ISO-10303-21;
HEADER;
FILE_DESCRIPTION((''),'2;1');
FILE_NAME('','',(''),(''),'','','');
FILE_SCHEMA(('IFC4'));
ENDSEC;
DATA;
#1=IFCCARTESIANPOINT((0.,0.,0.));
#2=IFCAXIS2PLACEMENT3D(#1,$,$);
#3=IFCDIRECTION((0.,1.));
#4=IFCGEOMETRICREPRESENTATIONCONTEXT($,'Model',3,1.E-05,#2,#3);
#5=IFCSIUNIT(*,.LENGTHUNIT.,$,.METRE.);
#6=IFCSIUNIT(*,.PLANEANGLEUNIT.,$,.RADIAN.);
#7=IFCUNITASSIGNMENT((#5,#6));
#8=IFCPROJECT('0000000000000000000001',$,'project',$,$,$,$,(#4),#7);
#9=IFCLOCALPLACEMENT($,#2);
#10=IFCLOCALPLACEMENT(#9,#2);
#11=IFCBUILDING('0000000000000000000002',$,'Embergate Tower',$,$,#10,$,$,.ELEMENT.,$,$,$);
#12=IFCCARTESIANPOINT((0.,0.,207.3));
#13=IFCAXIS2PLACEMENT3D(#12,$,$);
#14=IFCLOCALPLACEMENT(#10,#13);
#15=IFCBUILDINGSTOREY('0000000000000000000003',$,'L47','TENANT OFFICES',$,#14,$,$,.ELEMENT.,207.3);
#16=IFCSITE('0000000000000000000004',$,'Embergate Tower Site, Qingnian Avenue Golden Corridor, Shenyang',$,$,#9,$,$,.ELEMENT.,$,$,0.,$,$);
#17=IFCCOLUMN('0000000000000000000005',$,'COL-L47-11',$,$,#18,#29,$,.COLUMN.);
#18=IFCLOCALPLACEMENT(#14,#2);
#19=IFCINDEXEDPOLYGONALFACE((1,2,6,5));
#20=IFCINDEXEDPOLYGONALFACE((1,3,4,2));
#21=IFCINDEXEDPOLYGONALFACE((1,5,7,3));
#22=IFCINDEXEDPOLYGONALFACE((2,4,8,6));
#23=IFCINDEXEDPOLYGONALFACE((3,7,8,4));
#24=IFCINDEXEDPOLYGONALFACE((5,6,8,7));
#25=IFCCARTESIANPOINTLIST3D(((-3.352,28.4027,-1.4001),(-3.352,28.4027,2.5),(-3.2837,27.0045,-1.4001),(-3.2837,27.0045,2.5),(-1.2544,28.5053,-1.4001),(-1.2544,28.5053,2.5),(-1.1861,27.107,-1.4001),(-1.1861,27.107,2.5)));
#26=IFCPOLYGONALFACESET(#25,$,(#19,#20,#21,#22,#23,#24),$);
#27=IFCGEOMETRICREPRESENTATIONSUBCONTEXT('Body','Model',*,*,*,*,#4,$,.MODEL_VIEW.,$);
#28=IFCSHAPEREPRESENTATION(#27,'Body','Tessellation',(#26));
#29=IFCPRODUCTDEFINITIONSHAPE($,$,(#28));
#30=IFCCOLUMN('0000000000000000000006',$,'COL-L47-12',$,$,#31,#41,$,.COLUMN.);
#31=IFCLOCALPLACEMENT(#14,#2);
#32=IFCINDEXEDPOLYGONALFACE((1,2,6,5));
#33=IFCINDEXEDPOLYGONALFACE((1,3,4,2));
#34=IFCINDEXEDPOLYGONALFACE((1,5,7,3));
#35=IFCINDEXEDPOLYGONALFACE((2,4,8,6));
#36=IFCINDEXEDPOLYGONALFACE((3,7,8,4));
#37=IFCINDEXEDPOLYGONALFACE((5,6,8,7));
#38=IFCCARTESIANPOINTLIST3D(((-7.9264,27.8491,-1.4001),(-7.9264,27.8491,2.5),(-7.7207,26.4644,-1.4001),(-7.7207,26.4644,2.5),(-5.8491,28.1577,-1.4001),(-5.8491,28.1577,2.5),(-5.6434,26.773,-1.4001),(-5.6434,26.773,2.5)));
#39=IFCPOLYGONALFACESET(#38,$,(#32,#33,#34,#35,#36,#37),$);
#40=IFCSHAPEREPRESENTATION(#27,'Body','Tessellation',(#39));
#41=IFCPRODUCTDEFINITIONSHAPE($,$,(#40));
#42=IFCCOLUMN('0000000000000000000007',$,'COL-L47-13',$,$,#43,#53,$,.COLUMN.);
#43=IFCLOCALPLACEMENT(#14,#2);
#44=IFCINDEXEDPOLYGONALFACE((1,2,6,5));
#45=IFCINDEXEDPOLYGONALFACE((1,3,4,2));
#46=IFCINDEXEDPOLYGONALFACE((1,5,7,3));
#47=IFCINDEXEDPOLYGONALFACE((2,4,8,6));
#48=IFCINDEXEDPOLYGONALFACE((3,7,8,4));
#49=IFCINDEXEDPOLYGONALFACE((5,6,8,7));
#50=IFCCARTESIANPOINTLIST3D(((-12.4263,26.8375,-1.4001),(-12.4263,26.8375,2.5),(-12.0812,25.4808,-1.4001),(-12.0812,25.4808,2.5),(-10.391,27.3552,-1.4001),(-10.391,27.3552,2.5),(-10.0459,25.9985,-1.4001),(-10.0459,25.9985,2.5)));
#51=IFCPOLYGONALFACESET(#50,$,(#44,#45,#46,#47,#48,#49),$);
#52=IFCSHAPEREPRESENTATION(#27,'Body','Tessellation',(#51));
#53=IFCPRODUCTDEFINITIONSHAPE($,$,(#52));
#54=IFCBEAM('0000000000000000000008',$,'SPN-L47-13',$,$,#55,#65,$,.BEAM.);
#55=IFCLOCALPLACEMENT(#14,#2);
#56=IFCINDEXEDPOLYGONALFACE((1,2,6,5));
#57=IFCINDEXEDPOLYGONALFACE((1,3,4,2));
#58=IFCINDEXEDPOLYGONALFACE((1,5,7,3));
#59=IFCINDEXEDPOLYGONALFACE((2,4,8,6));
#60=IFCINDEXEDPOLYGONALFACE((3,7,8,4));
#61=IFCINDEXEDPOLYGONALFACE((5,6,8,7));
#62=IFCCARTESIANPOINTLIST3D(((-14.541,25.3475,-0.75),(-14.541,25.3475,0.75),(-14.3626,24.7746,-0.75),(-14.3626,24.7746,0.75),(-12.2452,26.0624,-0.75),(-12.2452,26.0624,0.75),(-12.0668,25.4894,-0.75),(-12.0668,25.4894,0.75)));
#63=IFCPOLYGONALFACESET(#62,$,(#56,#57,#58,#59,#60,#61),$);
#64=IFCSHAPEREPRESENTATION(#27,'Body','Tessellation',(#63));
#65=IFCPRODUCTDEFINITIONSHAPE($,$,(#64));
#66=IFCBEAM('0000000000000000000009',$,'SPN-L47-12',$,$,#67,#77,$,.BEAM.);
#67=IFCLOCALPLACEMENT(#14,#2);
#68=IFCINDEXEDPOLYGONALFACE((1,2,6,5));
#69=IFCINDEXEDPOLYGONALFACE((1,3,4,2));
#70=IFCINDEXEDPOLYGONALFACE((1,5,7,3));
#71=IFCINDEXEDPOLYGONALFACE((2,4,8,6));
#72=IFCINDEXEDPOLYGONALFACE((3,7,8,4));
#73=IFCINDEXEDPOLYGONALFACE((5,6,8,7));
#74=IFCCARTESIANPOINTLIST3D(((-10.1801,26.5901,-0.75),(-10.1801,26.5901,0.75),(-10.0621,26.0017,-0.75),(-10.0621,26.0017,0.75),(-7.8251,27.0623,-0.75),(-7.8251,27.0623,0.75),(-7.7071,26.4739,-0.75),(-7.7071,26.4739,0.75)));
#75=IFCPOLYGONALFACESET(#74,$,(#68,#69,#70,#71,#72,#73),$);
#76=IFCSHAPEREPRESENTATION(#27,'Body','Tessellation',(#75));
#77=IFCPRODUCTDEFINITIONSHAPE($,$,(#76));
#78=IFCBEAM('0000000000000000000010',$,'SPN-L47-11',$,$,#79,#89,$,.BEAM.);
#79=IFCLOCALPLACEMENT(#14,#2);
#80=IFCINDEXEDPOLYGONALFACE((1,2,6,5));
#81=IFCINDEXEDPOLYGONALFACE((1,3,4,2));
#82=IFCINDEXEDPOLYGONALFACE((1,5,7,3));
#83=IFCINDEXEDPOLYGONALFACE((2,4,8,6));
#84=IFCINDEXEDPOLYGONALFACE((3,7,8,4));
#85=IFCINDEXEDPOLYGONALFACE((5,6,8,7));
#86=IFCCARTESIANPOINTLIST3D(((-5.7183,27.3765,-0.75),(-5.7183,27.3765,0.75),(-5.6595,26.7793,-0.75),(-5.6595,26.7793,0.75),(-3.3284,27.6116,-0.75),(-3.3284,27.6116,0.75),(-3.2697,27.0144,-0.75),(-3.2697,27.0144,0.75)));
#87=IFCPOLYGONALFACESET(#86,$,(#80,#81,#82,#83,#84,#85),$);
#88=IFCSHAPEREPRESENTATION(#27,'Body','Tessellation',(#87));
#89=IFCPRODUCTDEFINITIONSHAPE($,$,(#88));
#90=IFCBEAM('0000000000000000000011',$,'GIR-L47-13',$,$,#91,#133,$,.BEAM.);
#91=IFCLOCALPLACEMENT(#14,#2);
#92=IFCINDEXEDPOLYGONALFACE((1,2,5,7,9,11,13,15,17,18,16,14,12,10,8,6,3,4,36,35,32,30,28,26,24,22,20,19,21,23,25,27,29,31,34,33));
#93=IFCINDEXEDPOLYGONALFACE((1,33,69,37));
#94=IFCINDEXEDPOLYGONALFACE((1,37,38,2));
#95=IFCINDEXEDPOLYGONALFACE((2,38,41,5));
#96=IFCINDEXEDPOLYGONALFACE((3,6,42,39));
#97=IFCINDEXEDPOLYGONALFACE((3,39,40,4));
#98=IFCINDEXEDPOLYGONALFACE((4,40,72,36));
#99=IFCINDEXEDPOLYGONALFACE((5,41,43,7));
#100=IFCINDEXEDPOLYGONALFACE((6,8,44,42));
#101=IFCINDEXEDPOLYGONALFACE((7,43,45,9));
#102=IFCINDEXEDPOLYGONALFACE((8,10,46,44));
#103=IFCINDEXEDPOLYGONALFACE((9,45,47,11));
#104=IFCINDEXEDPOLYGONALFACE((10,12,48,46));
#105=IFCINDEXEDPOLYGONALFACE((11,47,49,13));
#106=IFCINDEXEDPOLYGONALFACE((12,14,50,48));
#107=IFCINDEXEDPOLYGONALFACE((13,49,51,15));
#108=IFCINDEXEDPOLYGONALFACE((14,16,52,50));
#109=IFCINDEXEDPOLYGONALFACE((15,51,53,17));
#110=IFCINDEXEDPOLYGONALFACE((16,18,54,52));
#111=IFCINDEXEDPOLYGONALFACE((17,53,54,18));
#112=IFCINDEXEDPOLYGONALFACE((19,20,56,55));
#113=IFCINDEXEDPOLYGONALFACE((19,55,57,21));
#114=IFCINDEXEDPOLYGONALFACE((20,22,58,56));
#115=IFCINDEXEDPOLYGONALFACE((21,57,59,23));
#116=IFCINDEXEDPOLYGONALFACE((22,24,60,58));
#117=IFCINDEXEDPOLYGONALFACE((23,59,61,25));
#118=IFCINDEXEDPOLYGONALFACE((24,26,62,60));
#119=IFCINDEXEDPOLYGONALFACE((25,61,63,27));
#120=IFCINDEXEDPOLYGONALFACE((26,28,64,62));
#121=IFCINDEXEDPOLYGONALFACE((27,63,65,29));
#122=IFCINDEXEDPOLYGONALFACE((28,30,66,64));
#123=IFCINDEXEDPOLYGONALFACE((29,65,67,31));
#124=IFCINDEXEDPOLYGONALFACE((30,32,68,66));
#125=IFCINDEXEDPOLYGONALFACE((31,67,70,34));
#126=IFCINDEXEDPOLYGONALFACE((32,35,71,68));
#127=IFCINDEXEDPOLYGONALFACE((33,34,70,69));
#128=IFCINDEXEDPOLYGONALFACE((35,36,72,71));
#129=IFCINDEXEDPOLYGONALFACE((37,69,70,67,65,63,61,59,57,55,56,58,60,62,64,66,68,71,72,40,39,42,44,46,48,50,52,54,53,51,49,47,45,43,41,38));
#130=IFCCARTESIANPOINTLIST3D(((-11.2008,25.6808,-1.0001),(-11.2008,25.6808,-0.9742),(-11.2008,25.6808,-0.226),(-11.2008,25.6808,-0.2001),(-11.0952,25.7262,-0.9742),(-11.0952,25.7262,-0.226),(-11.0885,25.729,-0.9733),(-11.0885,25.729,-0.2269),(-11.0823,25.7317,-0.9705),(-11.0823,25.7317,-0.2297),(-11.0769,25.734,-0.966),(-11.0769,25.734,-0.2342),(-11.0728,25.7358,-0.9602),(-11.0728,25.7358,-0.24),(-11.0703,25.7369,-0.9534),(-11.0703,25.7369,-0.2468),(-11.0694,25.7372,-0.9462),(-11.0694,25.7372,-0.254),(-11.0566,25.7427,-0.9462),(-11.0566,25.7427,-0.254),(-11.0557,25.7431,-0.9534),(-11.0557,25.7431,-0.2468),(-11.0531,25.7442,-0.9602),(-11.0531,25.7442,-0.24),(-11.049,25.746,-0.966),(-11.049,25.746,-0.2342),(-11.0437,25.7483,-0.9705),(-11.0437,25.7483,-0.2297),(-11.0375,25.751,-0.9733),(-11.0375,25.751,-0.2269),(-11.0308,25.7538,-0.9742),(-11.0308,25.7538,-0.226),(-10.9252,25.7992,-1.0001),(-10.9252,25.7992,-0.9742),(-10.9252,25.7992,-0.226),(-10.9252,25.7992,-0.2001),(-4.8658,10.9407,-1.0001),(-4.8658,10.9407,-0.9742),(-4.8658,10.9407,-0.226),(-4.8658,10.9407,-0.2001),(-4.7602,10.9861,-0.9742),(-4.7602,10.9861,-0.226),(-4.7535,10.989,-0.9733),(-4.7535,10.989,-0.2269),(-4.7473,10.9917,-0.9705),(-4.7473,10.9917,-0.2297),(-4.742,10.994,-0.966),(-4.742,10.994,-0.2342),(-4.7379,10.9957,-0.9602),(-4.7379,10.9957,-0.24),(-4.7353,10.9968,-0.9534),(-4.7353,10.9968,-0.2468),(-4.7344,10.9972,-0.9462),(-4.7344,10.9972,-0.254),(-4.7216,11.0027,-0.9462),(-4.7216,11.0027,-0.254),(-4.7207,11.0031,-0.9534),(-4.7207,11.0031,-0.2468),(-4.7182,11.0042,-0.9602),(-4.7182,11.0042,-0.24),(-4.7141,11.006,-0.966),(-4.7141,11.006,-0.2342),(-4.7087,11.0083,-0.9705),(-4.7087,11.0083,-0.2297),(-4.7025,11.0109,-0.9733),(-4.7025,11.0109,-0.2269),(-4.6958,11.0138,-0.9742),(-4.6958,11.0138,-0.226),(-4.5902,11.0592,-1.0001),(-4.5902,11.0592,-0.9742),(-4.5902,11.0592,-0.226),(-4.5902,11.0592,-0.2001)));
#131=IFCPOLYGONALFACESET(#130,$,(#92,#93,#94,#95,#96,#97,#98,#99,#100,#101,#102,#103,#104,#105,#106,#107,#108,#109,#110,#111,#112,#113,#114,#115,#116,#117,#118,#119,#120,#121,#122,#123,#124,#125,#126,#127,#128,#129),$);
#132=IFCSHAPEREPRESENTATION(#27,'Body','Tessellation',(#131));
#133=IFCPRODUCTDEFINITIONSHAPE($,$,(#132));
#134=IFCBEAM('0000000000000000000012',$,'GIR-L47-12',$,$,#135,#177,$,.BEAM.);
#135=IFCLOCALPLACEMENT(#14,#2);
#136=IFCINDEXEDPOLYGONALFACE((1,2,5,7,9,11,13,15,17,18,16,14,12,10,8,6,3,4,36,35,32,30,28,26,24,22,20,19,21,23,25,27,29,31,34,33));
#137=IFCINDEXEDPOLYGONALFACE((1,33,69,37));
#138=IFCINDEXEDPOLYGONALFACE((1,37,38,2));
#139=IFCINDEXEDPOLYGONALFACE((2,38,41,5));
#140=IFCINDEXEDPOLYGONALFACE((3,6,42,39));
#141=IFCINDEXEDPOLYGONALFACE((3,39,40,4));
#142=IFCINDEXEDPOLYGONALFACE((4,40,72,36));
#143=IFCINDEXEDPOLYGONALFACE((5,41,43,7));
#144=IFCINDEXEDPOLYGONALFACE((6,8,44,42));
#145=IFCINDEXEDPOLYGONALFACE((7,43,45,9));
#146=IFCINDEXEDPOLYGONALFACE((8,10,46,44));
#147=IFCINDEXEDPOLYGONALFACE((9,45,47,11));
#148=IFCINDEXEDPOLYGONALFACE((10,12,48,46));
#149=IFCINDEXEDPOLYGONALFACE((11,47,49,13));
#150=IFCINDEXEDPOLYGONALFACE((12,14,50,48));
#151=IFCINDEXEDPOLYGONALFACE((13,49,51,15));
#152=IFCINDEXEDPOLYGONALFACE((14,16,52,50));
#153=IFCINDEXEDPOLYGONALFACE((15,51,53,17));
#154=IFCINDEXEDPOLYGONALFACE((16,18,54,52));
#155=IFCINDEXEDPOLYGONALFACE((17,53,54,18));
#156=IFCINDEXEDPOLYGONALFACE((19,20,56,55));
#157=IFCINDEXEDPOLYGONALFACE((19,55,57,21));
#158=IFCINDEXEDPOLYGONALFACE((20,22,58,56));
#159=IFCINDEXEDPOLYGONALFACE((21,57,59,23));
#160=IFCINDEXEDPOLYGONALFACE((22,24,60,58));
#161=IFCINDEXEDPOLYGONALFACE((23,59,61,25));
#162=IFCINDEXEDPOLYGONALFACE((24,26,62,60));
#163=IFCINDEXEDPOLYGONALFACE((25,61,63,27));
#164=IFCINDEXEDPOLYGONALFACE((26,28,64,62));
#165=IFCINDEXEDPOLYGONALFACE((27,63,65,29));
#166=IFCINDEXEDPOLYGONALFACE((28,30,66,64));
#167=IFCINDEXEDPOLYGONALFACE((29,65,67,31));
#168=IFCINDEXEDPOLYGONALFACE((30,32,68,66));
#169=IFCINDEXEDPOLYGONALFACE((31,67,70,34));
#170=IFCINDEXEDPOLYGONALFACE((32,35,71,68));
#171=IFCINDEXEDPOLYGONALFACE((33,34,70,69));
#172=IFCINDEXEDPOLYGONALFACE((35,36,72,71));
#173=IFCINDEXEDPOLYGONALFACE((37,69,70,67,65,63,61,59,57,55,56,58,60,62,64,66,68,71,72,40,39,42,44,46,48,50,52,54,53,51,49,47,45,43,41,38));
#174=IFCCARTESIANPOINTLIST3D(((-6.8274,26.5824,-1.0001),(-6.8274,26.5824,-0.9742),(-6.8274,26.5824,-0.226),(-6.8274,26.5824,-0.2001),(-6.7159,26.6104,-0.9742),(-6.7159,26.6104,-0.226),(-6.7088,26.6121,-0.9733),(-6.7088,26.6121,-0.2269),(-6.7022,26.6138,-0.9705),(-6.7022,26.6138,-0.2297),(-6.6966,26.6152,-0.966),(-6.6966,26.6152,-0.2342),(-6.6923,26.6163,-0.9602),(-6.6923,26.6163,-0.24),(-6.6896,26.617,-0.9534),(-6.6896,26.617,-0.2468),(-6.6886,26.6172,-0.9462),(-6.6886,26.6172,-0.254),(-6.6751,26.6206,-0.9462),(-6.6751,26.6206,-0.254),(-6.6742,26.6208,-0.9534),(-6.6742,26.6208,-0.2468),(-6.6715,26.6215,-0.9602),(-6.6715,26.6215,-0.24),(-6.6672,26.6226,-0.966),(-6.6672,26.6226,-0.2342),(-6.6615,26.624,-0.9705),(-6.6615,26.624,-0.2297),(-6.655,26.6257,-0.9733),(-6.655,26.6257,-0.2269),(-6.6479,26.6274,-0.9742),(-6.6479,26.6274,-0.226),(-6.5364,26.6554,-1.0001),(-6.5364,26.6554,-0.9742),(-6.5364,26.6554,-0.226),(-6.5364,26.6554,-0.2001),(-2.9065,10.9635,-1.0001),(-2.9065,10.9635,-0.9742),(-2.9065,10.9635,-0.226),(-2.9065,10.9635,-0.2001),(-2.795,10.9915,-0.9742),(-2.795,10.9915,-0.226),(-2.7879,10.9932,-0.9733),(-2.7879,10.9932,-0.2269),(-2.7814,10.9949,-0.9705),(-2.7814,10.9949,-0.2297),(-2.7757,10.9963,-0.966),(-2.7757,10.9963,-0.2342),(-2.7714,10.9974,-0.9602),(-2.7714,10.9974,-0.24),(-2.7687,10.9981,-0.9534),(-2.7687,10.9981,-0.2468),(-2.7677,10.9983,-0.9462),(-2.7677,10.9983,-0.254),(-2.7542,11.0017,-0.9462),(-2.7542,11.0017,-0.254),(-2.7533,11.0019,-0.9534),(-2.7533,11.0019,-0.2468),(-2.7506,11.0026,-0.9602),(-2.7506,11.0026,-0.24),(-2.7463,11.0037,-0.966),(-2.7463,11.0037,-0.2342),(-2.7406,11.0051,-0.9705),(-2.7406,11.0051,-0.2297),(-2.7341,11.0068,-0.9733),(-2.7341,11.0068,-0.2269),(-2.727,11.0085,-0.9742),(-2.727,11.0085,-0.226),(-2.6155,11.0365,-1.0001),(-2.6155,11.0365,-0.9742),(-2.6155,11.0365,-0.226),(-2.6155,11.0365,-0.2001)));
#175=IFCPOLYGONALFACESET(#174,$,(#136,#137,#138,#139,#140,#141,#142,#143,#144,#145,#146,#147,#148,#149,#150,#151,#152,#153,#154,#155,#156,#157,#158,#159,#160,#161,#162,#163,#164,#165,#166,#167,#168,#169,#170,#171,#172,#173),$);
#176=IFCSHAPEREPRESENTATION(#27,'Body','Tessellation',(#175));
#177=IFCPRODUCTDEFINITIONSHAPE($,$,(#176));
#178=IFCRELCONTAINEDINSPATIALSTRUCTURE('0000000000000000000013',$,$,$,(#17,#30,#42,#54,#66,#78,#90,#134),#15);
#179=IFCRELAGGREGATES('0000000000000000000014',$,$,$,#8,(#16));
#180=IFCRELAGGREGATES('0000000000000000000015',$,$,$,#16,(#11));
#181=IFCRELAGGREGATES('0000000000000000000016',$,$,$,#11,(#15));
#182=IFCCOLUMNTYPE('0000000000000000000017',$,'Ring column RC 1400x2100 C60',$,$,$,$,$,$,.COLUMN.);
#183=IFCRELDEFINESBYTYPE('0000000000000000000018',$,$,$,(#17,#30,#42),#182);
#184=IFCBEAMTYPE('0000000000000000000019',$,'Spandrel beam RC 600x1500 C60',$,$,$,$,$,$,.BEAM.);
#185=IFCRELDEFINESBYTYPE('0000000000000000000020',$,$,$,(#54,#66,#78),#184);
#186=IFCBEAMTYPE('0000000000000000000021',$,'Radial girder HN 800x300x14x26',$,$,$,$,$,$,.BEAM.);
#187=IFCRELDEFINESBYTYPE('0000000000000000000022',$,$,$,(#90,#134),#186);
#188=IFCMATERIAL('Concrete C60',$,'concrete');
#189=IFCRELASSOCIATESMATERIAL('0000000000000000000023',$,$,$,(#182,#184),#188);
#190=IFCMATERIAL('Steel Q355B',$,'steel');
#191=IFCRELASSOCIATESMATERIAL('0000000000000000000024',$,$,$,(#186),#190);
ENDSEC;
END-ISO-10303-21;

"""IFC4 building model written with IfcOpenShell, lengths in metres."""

from ifc_helpers import new_model, si_unit, direction, frame, origin, origin_2d, place, context, subcontext, project, spatial, rectangle, i_section, extrude, source, transform, mapped, material, material_profile, profile_set, type_object, element, save


model = new_model("IFC4")

# Units and contexts
model_context = context("Model", 3, precision=1e-05, world=origin(), true_north=direction((0.0, 1.0)))
body_context = subcontext(model_context, "Body", "Model", "MODEL_VIEW")
ifc_project = project(units=[si_unit("LENGTHUNIT", "METRE"), si_unit("PLANEANGLEUNIT", "RADIAN")], contexts=[model_context])

# Site, building, storey
site_placement = place(None, origin())
site = spatial("IfcSite", under=ifc_project, at=site_placement, Name="Embergate Tower Site, Qingnian Avenue Golden Corridor, Shenyang", CompositionType="ELEMENT", RefElevation=0.0)
building_placement = place(site_placement, origin())
building = spatial("IfcBuilding", under=site, at=building_placement, Name="Embergate Tower", CompositionType="ELEMENT")
storey_placement = place(building_placement, frame((0.0, 0.0, 207.3)))
storey = spatial("IfcBuildingStorey", under=building, at=storey_placement, Name="L47", Description="TENANT OFFICES", CompositionType="ELEMENT", Elevation=207.3)

# Columns
ifc_material_1 = material(Name="Concrete C60", Category="concrete")
ifc_material_profile_1 = material_profile(ifc_material_1, rectangle(XDim=1.3999, YDim=2.1001, at=origin_2d()), Name="RC 1400x2100")
ifc_profile_set_1 = profile_set([ifc_material_profile_1], Name="Concrete C60")
column_type = type_object("IfcColumnType", Name="Ring column RC 1400x2100 C60", PredefinedType="COLUMN", material=ifc_profile_set_1)
shared_shape_1 = source(origin(), body_context, "Body", "SweptSolid", [
    extrude(rectangle(XDim=1.3999, YDim=2.1001, at=origin_2d()), origin(), (0.0, 0.0, 1.0), 3.9001),
])
for number, where, z_axis, x_axis, name in (
    (1, (-2.269, 27.7549, -1.4001), (0.0, 0.0, 1.0), (-0.048815, 0.998808, 0.0), "COL-L47-11"),
    (2, (-6.7849, 27.311, -1.4001), (0.0, 0.0, 1.0), (-0.146929, 0.989147, 0.0), "COL-L47-12"),
    (3, (-11.2361, 26.418, -1.4001), (0.0, 0.0, 1.0), (-0.246509, 0.969141, 0.0), "COL-L47-13"),
):
    element("IfcColumn", number, at=place(storey_placement, frame(where, z_axis=z_axis, x_axis=x_axis)), inside=storey, type_object=column_type, Name=name, PredefinedType="COLUMN", context=body_context, shape_type="MappedRepresentation", body=[
        mapped(shared_shape_1, transform((0.0, 0.0, 0.0))),
    ])

# Beams
ifc_material_profile_2 = material_profile(ifc_material_1, rectangle(XDim=0.6001, YDim=1.5, at=origin_2d()), Name="RC 600x1500")
ifc_profile_set_2 = profile_set([ifc_material_profile_2], Name="Concrete C60")
beam_type_1 = type_object("IfcBeamType", Name="Spandrel beam RC 600x1500 C60", PredefinedType="BEAM", material=ifc_profile_set_2)
shared_shape_2 = source(origin(), body_context, "Body", "SweptSolid", [
    extrude(rectangle(XDim=0.6001, YDim=1.5, at=origin_2d()), origin(), (0.0, 0.0, 1.0), 2.4045),
])
beam_1_placement = place(storey_placement, frame((-12.156, 25.7759, 0.0), z_axis=(-0.95479, -0.29728, 0.0), x_axis=(0.29728, -0.95479, 0.0)))
element("IfcBeam", 4, at=beam_1_placement, inside=storey, type_object=beam_type_1, Name="SPN-L47-13", PredefinedType="BEAM", context=body_context, shape_type="MappedRepresentation", body=[
    mapped(shared_shape_2, transform((0.0, 0.0, 0.0))),
])
shared_shape_3 = source(origin(), body_context, "Body", "SweptSolid", [
    extrude(rectangle(XDim=0.6001, YDim=1.5, at=origin_2d()), origin(), (0.0, 0.0, 1.0), 2.4019),
])
beam_2_placement = place(storey_placement, frame((-7.7661, 26.7681, 0.0), z_axis=(-0.980487, -0.196585, 0.0), x_axis=(0.196585, -0.980487, 0.0)))
element("IfcBeam", 5, at=beam_2_placement, inside=storey, type_object=beam_type_1, Name="SPN-L47-12", PredefinedType="BEAM", context=body_context, shape_type="MappedRepresentation", body=[
    mapped(shared_shape_3, transform((0.0, 0.0, 0.0))),
])
shared_shape_4 = source(origin(), body_context, "Body", "SweptSolid", [
    extrude(rectangle(XDim=0.6001, YDim=1.5, at=origin_2d()), origin(), (0.0, 0.0, 1.0), 2.4014),
])
beam_3_placement = place(storey_placement, frame((-3.2991, 27.313, 0.0), z_axis=(-0.995196, -0.097903, 0.0), x_axis=(0.097903, -0.995196, 0.0)))
element("IfcBeam", 6, at=beam_3_placement, inside=storey, type_object=beam_type_1, Name="SPN-L47-11", PredefinedType="BEAM", context=body_context, shape_type="MappedRepresentation", body=[
    mapped(shared_shape_4, transform((0.0, 0.0, 0.0))),
])
ifc_material_2 = material(Name="Steel Q355B", Category="steel")
ifc_material_profile_3 = material_profile(ifc_material_2, i_section(OverallWidth=0.3, OverallDepth=0.8, WebThickness=0.0139, FlangeThickness=0.0259, FilletRadius=0.0281, at=origin_2d()), Name="HN 800x300x14x26")
ifc_profile_set_3 = profile_set([ifc_material_profile_3], Name="Steel Q355 grade B")
beam_type_2 = type_object("IfcBeamType", Name="Radial girder HN 800x300x14x26", PredefinedType="BEAM", material=ifc_profile_set_3)
shared_shape_5 = source(origin(), body_context, "Body", "SweptSolid", [
    extrude(i_section(OverallWidth=0.3, OverallDepth=0.8, WebThickness=0.0139, FlangeThickness=0.0259, FilletRadius=0.0281, at=origin_2d()), origin(), (0.0, 0.0, 1.0), 16.0437),
])
beam_4_placement = place(storey_placement, frame((-11.063, 25.74, -0.6001), z_axis=(0.394858, -0.918742, 0.0), x_axis=(0.918742, 0.394858, 0.0)))
element("IfcBeam", 7, at=beam_4_placement, inside=storey, type_object=beam_type_2, Name="GIR-L47-13", PredefinedType="BEAM", context=body_context, shape_type="MappedRepresentation", body=[
    mapped(shared_shape_5, transform((0.0, 0.0, 0.0))),
])
shared_shape_6 = source(origin(), body_context, "Body", "SweptSolid", [
    extrude(i_section(OverallWidth=0.3, OverallDepth=0.8, WebThickness=0.0139, FlangeThickness=0.0259, FilletRadius=0.0281, at=origin_2d()), origin(), (0.0, 0.0, 1.0), 16.1035),
])
beam_5_placement = place(storey_placement, frame((-6.6819, 26.6189, -0.6001), z_axis=(0.243481, -0.969906, 0.0), x_axis=(0.969906, 0.243481, 0.0)))
element("IfcBeam", 8, at=beam_5_placement, inside=storey, type_object=beam_type_2, Name="GIR-L47-12", PredefinedType="BEAM", context=body_context, shape_type="MappedRepresentation", body=[
    mapped(shared_shape_6, transform((0.0, 0.0, 0.0))),
])

save(model, "model.ifc")
